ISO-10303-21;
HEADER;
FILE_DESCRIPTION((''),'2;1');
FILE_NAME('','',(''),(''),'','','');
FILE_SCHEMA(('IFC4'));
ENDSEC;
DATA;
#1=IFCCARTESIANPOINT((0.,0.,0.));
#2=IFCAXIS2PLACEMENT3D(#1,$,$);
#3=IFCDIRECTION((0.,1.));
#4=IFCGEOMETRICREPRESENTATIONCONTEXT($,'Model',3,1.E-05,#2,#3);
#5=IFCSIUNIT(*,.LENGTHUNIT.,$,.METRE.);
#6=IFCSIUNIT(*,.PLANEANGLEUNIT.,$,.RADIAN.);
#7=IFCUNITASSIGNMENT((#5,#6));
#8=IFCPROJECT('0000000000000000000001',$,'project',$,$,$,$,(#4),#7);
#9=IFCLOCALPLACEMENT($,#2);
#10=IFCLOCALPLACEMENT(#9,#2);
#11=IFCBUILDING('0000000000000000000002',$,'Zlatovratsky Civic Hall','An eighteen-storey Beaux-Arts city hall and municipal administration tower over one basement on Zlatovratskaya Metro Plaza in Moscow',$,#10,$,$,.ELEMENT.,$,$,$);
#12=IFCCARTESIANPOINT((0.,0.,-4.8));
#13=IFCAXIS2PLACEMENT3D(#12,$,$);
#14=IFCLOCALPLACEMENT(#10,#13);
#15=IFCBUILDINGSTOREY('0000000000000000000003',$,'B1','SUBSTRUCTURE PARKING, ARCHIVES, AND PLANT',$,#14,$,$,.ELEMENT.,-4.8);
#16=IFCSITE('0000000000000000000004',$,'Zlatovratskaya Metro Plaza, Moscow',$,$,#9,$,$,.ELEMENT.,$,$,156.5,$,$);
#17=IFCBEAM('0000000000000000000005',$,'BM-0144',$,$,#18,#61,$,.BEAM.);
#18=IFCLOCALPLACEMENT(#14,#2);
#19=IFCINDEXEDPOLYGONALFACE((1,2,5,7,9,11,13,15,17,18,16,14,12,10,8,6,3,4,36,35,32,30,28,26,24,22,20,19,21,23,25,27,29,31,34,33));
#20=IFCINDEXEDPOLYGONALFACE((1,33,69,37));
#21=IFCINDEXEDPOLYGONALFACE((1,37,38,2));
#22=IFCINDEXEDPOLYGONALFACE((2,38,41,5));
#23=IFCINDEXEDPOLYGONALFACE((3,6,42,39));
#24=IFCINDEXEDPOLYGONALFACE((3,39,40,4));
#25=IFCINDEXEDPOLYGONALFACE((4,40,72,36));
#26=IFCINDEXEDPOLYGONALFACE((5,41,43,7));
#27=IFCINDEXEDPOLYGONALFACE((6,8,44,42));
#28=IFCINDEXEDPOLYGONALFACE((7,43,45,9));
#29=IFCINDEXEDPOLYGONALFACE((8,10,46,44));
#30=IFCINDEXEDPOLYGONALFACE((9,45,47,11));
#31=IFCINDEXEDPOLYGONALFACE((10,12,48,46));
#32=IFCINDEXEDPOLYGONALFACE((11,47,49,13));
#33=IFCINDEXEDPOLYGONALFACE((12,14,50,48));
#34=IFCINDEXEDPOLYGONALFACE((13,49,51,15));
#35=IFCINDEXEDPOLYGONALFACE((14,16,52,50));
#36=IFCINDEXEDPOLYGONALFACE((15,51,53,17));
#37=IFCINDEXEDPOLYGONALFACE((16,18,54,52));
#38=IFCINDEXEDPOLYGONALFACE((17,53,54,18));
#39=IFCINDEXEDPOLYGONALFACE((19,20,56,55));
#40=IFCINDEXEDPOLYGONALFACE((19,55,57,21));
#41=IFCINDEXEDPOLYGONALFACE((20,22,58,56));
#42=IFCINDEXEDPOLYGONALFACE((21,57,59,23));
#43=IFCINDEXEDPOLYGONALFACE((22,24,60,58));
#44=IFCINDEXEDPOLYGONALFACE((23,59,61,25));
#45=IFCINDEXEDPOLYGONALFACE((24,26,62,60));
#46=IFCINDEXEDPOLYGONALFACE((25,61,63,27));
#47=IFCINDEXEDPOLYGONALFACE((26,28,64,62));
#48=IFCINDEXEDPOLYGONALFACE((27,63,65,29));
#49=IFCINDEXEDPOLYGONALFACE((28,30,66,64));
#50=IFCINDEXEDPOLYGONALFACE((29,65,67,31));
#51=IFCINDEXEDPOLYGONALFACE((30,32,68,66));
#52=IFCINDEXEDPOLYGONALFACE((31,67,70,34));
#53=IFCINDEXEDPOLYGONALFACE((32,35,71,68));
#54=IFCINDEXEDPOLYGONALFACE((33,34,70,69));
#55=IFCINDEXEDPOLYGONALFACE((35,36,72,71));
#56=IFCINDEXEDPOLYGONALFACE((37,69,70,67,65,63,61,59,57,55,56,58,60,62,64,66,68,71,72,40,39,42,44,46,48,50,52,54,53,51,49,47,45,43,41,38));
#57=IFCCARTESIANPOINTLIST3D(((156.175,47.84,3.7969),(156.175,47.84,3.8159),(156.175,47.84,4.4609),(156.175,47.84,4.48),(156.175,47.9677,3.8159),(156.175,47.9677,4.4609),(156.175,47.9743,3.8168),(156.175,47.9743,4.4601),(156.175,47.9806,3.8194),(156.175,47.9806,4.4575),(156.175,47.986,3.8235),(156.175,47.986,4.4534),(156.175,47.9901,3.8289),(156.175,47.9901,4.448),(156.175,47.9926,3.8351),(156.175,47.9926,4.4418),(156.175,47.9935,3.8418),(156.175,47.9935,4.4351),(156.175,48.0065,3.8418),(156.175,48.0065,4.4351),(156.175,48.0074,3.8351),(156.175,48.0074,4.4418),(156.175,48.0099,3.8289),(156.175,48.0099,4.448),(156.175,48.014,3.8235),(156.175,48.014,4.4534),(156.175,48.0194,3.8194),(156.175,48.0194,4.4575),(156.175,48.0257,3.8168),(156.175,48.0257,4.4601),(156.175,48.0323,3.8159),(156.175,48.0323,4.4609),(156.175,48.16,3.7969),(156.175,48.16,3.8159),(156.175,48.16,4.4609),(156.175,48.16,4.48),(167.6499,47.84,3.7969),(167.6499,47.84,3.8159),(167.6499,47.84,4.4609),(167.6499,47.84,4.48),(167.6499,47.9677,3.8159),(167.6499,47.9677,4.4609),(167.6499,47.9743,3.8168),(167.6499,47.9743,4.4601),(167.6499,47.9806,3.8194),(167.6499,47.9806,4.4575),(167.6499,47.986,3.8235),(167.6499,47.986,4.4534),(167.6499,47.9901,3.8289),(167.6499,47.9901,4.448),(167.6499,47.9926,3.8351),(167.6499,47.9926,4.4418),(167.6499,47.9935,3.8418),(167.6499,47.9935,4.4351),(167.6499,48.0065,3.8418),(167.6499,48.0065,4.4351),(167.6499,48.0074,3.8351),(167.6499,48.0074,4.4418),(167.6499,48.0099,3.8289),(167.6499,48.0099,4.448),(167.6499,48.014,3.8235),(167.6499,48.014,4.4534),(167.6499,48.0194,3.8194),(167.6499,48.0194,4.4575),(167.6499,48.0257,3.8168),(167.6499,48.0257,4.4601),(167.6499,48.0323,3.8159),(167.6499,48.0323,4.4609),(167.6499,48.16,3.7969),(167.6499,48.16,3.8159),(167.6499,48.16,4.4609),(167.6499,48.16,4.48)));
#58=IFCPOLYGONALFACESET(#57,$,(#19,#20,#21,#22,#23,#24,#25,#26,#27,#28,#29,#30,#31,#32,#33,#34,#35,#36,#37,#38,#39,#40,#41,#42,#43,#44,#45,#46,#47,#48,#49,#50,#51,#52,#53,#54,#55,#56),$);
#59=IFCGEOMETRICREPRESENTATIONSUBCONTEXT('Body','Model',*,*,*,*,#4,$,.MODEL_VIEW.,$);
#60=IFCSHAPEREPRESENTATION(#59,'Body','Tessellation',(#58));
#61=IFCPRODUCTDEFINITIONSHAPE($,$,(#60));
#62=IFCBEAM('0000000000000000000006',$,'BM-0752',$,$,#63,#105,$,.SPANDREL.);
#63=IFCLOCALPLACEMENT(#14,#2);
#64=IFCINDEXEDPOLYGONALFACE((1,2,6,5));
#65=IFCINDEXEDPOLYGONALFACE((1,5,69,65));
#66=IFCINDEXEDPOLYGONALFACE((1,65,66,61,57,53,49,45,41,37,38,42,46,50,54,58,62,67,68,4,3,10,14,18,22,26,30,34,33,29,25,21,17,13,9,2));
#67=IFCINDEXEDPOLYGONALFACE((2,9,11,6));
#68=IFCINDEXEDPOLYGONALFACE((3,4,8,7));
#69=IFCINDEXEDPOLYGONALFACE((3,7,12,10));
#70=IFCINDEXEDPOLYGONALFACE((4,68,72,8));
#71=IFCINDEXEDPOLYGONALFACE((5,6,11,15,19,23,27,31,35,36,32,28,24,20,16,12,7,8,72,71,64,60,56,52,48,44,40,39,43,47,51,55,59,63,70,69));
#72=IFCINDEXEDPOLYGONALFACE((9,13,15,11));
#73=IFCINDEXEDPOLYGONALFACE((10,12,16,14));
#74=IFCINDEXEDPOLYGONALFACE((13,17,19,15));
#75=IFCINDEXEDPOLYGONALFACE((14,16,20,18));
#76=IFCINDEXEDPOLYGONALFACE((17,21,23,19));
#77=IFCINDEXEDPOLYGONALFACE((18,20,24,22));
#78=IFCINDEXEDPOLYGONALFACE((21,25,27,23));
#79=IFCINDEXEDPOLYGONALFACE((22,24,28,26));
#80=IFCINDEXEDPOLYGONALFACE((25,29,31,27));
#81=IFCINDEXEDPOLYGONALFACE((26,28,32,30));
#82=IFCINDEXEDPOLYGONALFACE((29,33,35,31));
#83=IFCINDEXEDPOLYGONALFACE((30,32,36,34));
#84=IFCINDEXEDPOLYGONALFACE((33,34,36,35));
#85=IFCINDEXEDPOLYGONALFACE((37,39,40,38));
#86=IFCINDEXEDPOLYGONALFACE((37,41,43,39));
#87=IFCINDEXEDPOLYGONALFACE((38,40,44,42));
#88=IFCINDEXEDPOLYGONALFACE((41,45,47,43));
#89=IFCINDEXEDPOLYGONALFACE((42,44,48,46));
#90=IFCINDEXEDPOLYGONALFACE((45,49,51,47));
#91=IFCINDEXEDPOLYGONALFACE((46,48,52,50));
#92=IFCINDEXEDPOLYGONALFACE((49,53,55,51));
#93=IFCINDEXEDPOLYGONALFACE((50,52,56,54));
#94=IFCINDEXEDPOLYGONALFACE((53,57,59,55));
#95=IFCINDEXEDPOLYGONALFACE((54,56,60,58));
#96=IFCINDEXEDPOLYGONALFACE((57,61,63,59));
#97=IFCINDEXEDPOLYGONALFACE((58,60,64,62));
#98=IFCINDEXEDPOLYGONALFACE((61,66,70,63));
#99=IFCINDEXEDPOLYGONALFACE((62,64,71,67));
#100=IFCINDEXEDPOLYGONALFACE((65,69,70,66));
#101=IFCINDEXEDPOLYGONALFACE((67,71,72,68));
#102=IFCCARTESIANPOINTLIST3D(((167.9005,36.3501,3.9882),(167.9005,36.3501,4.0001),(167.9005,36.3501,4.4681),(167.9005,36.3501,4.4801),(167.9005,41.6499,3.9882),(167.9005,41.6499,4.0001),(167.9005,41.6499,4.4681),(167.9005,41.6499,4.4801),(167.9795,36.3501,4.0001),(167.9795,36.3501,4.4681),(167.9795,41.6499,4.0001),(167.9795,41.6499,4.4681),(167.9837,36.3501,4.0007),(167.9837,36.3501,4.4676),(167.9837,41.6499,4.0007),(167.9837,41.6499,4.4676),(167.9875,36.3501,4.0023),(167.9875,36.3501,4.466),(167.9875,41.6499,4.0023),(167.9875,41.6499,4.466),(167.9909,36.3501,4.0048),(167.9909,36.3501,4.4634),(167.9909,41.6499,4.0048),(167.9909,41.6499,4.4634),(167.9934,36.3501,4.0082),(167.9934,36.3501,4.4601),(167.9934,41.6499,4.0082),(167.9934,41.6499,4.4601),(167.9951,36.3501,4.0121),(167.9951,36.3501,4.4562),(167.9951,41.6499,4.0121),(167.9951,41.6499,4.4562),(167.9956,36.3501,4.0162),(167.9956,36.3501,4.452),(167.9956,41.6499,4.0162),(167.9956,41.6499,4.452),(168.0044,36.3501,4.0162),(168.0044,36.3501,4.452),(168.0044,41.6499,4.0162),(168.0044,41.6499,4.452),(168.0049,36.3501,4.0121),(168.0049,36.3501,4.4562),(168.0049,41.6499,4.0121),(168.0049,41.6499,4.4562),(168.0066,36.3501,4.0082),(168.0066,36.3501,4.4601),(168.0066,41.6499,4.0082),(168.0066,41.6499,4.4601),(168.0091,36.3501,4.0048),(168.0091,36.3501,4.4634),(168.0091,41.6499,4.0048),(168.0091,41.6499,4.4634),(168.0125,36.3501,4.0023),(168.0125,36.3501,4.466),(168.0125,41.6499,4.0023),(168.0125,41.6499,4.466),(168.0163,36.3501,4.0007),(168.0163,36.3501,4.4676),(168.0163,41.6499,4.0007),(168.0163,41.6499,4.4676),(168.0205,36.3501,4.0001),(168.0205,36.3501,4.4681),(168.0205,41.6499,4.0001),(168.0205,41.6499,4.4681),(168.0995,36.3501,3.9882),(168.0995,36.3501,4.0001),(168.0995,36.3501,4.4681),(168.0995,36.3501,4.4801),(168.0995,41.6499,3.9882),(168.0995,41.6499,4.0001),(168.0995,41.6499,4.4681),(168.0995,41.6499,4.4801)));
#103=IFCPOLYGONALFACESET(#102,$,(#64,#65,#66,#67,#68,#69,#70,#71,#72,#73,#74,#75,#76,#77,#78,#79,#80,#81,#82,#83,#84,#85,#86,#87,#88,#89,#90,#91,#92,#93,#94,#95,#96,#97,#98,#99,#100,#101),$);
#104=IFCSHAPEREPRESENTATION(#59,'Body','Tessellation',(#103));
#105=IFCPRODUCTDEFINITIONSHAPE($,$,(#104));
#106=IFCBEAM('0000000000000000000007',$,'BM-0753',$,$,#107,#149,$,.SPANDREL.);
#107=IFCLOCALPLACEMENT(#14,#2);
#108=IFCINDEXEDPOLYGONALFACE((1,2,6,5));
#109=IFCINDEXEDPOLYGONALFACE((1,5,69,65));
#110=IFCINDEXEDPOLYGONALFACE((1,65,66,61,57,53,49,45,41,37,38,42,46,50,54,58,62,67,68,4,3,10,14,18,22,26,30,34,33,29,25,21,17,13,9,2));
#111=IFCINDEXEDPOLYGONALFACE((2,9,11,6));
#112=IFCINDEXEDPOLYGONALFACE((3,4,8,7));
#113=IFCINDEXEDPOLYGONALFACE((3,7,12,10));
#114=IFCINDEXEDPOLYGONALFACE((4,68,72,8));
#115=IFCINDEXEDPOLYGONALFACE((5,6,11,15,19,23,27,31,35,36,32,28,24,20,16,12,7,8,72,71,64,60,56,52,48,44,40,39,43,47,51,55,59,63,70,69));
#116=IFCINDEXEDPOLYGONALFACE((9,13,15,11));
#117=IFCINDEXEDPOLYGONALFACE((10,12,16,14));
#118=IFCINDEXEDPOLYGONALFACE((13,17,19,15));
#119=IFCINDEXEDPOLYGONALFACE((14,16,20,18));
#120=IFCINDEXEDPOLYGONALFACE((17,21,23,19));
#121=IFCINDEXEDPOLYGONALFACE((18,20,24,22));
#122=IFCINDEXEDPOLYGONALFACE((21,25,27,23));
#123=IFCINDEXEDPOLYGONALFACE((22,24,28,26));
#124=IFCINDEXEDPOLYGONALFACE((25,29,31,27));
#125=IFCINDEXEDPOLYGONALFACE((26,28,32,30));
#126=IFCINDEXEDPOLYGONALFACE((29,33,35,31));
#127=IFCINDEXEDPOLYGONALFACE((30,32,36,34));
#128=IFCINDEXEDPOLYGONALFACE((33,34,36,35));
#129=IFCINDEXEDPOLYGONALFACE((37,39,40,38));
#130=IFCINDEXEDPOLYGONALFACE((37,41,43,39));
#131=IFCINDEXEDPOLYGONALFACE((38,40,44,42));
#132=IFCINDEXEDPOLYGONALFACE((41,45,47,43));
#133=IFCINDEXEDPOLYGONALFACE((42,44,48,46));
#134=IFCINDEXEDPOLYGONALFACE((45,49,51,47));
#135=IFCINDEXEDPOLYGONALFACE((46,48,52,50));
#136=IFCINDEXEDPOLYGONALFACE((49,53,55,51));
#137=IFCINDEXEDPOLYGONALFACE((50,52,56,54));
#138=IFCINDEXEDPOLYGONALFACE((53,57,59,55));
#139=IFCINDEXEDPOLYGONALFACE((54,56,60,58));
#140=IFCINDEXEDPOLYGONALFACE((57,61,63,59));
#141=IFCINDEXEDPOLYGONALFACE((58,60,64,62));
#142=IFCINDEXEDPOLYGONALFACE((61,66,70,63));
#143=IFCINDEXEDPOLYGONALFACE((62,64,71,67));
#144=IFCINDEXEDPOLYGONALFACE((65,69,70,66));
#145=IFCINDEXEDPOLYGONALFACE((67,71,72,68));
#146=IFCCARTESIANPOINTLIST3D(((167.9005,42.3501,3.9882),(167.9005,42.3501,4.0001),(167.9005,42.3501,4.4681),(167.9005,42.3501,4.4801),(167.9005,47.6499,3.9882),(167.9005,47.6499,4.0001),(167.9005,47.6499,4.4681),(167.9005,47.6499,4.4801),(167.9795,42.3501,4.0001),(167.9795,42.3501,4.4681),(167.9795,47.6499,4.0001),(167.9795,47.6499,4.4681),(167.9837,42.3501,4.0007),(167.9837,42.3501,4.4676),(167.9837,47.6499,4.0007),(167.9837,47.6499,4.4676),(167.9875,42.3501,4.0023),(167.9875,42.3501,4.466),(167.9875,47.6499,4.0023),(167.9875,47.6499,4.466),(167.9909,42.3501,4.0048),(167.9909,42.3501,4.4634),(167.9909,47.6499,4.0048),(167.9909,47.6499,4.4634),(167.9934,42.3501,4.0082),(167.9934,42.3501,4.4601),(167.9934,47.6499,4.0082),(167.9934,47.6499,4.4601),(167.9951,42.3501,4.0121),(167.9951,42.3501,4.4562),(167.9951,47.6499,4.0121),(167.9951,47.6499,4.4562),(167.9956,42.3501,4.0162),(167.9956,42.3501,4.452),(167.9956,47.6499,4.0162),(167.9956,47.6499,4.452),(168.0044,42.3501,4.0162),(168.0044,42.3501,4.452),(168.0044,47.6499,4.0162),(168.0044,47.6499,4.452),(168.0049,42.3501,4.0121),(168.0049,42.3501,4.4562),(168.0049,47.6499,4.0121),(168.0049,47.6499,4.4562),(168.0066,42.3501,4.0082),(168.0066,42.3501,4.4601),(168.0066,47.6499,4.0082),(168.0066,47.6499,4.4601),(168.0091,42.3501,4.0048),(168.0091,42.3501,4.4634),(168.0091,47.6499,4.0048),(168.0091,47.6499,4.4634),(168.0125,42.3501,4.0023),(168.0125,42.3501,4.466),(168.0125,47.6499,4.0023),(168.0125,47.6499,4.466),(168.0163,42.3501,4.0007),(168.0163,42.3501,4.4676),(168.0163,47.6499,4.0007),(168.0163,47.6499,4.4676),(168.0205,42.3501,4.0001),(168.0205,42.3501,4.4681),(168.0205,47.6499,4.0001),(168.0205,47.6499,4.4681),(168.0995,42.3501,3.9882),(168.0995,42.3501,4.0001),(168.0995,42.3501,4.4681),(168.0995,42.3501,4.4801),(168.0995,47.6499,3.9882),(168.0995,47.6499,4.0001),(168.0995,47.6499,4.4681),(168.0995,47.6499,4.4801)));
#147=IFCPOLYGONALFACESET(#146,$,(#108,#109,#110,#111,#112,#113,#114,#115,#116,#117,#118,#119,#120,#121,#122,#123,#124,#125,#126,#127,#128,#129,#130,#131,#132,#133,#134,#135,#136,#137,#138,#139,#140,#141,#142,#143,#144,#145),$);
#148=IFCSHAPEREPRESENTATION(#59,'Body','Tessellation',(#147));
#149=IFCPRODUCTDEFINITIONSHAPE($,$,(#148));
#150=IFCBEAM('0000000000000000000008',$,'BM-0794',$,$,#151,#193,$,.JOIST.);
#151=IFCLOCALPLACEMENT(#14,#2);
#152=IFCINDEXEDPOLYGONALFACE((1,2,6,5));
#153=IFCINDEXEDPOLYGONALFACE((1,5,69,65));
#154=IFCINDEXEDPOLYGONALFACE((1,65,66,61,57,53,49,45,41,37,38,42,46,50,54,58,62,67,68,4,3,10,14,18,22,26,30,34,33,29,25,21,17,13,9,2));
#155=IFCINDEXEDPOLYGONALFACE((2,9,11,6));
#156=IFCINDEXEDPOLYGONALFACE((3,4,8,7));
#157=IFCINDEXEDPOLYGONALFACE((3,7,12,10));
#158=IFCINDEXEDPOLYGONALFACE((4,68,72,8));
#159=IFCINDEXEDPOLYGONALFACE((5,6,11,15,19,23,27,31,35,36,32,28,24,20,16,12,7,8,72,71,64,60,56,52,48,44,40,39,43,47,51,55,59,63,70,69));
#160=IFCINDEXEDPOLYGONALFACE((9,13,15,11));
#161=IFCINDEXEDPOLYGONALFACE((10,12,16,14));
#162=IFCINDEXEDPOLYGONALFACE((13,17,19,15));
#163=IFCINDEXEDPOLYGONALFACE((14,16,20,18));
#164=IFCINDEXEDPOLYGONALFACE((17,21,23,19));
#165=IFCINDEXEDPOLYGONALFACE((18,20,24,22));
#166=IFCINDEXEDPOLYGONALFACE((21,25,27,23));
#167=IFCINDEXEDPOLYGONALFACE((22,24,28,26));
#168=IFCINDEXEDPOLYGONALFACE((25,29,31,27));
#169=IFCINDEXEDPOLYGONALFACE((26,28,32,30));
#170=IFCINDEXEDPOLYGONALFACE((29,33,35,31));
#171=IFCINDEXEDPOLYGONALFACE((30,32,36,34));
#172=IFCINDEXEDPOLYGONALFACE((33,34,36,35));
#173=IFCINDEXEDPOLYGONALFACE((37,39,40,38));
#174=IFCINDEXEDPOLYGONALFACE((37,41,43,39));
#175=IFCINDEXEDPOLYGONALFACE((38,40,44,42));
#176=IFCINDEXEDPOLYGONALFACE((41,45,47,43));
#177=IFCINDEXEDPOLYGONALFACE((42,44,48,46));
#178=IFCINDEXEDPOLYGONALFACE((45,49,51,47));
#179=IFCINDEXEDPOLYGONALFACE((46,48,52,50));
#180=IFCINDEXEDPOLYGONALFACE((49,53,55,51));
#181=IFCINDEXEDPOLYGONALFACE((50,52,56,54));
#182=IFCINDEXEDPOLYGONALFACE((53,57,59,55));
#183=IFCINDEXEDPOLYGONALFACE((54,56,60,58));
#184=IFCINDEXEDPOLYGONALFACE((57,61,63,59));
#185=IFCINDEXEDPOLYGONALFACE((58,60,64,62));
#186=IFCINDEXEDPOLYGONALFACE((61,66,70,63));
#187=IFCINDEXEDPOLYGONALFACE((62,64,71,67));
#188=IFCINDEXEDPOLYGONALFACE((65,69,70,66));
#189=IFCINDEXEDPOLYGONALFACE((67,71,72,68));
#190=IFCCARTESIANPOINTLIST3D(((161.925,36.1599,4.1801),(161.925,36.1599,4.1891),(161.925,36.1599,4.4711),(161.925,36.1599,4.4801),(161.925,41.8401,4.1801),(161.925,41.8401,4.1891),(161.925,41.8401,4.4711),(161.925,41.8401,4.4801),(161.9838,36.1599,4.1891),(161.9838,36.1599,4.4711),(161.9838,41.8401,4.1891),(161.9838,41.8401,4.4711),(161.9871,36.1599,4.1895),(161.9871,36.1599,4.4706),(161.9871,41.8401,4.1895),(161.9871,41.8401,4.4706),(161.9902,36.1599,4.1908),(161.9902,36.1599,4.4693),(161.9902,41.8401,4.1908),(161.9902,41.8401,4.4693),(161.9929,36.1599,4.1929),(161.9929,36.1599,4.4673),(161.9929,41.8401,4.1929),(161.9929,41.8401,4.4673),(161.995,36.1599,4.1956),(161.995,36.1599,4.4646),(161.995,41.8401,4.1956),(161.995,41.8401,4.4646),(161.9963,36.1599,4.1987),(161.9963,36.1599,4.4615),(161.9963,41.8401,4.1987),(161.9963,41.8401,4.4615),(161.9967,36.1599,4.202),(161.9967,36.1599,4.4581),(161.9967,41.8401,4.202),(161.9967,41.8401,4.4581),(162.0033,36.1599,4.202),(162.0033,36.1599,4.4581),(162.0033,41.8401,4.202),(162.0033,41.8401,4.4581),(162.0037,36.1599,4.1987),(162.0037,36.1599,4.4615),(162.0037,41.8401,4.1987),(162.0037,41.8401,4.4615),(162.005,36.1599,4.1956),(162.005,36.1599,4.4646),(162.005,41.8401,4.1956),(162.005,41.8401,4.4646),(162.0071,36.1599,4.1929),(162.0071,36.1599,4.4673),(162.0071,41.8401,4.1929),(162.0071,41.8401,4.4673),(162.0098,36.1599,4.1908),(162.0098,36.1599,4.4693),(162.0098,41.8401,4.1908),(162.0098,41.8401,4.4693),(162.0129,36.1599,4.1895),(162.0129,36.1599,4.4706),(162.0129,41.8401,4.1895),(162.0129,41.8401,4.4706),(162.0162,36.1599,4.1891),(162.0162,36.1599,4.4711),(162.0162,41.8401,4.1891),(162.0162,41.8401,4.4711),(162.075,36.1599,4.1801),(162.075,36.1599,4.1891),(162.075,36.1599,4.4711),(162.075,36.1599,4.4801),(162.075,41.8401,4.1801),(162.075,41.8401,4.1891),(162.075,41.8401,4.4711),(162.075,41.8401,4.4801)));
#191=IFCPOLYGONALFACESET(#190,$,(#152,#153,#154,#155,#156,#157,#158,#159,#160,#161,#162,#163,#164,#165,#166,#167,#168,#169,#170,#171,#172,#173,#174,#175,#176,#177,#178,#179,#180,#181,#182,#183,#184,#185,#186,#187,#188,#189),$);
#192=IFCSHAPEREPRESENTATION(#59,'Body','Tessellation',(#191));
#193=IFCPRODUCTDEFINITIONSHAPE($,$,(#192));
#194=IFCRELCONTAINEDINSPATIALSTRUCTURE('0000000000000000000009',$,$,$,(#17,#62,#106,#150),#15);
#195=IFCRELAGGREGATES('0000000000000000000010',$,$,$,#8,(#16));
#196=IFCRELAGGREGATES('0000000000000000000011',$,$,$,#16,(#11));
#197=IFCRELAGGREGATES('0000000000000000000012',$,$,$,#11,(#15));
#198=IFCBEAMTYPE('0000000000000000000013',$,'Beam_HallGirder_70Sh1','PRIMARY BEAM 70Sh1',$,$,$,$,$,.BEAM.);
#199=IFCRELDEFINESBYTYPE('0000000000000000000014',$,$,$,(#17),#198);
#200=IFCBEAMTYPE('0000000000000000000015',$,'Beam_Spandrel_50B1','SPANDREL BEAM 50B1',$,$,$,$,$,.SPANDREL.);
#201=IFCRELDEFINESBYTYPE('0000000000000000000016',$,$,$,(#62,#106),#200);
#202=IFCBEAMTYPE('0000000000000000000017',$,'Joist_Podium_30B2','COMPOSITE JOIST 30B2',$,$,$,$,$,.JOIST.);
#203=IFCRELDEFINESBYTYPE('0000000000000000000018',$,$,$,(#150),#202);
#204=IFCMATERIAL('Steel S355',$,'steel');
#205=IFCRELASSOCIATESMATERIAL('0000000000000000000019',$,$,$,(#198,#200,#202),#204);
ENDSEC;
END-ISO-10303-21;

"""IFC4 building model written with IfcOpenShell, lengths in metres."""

from ifc_helpers import new_model, si_unit, direction, frame, origin, origin_2d, place, context, subcontext, project, spatial, i_section, extrude, material, material_profile, profile_set, type_object, element, save


model = new_model("IFC4")

# Units and contexts
model_context = context("Model", 3, precision=1e-05, world=origin(), true_north=direction((0.0, 1.0)))
body_context = subcontext(model_context, "Body", "Model", "MODEL_VIEW")
ifc_project = project(units=[si_unit("LENGTHUNIT", "METRE"), si_unit("PLANEANGLEUNIT", "RADIAN")], contexts=[model_context])

# Site, building, storey
site_placement = place(None, origin())
site = spatial("IfcSite", under=ifc_project, at=site_placement, Name="Zlatovratskaya Metro Plaza, Moscow", CompositionType="ELEMENT", RefElevation=156.5)
building_placement = place(site_placement, origin())
building = spatial("IfcBuilding", under=site, at=building_placement, Name="Zlatovratsky Civic Hall", Description="An eighteen-storey Beaux-Arts city hall and municipal administration tower over one basement on Zlatovratskaya Metro Plaza in Moscow", CompositionType="ELEMENT")
storey_placement = place(building_placement, frame((0.0, 0.0, -4.8)))
storey = spatial("IfcBuildingStorey", under=building, at=storey_placement, Name="B1", Description="SUBSTRUCTURE PARKING, ARCHIVES, AND PLANT", CompositionType="ELEMENT", Elevation=-4.8)

# Shared definitions
ifc_material_1 = material(Name="Steel S355", Category="steel")

# Beams
ifc_material_profile_1 = material_profile(ifc_material_1, i_section(OverallWidth=0.3201, OverallDepth=0.6831, WebThickness=0.0129, FlangeThickness=0.019, FilletRadius=0.0259, at=origin_2d()), Name="70Sh1")
ifc_profile_set_1 = profile_set([ifc_material_profile_1], Name="Steel S355")
beam_type_1 = type_object("IfcBeamType", Name="Beam_HallGirder_70Sh1", Description="PRIMARY BEAM 70Sh1", PredefinedType="BEAM", material=ifc_profile_set_1)
for number, where, z_axis, x_axis, name in (
    (1, (156.175, 48.0, 4.1384), (1.0, 0.0, 0.0), (0.0, 1.0, 0.0), "BM-0144"),
):
    element("IfcBeam", number, at=place(storey_placement, frame(where, z_axis=z_axis, x_axis=x_axis)), inside=storey, type_object=beam_type_1, Name=name, PredefinedType="BEAM", context=body_context, shape_type="SweptSolid", body=[
        extrude(i_section(OverallWidth=0.3201, OverallDepth=0.6831, WebThickness=0.0129, FlangeThickness=0.019, FilletRadius=0.0259, at=origin_2d()), origin(), (0.0, 0.0, 1.0), 11.4749),
    ])
ifc_material_profile_2 = material_profile(ifc_material_1, i_section(OverallWidth=0.199, OverallDepth=0.4919, WebThickness=0.0088, FlangeThickness=0.012, FilletRadius=0.0161, at=origin_2d()), Name="50B1")
ifc_profile_set_2 = profile_set([ifc_material_profile_2], Name="Steel S355")
beam_type_2 = type_object("IfcBeamType", Name="Beam_Spandrel_50B1", Description="SPANDREL BEAM 50B1", PredefinedType="SPANDREL", material=ifc_profile_set_2)
for number, where, z_axis, x_axis, name in (
    (2, (168.0, 36.3501, 4.2341), (0.0, 1.0, 0.0), (-1.0, 0.0, 0.0), "BM-0752"),
    (3, (168.0, 42.3501, 4.2341), (0.0, 1.0, 0.0), (-1.0, 0.0, 0.0), "BM-0753"),
):
    element("IfcBeam", number, at=place(storey_placement, frame(where, z_axis=z_axis, x_axis=x_axis)), inside=storey, type_object=beam_type_2, Name=name, PredefinedType="SPANDREL", context=body_context, shape_type="SweptSolid", body=[
        extrude(i_section(OverallWidth=0.199, OverallDepth=0.4919, WebThickness=0.0088, FlangeThickness=0.012, FilletRadius=0.0161, at=origin_2d()), origin(), (0.0, 0.0, 1.0), 5.2998),
    ])
ifc_material_profile_3 = material_profile(ifc_material_1, i_section(OverallWidth=0.1499, OverallDepth=0.3, WebThickness=0.0066, FlangeThickness=0.009, FilletRadius=0.0129, at=origin_2d()), Name="30B2")
ifc_profile_set_3 = profile_set([ifc_material_profile_3], Name="Steel S355")
beam_type_3 = type_object("IfcBeamType", Name="Joist_Podium_30B2", Description="COMPOSITE JOIST 30B2", PredefinedType="JOIST", material=ifc_profile_set_3)
for number, where, z_axis, x_axis, name in (
    (4, (162.0, 36.1599, 4.3301), (0.0, 1.0, 0.0), (-1.0, 0.0, 0.0), "BM-0794"),
):
    element("IfcBeam", number, at=place(storey_placement, frame(where, z_axis=z_axis, x_axis=x_axis)), inside=storey, type_object=beam_type_3, Name=name, PredefinedType="JOIST", context=body_context, shape_type="SweptSolid", body=[
        extrude(i_section(OverallWidth=0.1499, OverallDepth=0.3, WebThickness=0.0066, FlangeThickness=0.009, FilletRadius=0.0129, at=origin_2d()), origin(), (0.0, 0.0, 1.0), 5.6802),
    ])

save(model, "model.ifc")
